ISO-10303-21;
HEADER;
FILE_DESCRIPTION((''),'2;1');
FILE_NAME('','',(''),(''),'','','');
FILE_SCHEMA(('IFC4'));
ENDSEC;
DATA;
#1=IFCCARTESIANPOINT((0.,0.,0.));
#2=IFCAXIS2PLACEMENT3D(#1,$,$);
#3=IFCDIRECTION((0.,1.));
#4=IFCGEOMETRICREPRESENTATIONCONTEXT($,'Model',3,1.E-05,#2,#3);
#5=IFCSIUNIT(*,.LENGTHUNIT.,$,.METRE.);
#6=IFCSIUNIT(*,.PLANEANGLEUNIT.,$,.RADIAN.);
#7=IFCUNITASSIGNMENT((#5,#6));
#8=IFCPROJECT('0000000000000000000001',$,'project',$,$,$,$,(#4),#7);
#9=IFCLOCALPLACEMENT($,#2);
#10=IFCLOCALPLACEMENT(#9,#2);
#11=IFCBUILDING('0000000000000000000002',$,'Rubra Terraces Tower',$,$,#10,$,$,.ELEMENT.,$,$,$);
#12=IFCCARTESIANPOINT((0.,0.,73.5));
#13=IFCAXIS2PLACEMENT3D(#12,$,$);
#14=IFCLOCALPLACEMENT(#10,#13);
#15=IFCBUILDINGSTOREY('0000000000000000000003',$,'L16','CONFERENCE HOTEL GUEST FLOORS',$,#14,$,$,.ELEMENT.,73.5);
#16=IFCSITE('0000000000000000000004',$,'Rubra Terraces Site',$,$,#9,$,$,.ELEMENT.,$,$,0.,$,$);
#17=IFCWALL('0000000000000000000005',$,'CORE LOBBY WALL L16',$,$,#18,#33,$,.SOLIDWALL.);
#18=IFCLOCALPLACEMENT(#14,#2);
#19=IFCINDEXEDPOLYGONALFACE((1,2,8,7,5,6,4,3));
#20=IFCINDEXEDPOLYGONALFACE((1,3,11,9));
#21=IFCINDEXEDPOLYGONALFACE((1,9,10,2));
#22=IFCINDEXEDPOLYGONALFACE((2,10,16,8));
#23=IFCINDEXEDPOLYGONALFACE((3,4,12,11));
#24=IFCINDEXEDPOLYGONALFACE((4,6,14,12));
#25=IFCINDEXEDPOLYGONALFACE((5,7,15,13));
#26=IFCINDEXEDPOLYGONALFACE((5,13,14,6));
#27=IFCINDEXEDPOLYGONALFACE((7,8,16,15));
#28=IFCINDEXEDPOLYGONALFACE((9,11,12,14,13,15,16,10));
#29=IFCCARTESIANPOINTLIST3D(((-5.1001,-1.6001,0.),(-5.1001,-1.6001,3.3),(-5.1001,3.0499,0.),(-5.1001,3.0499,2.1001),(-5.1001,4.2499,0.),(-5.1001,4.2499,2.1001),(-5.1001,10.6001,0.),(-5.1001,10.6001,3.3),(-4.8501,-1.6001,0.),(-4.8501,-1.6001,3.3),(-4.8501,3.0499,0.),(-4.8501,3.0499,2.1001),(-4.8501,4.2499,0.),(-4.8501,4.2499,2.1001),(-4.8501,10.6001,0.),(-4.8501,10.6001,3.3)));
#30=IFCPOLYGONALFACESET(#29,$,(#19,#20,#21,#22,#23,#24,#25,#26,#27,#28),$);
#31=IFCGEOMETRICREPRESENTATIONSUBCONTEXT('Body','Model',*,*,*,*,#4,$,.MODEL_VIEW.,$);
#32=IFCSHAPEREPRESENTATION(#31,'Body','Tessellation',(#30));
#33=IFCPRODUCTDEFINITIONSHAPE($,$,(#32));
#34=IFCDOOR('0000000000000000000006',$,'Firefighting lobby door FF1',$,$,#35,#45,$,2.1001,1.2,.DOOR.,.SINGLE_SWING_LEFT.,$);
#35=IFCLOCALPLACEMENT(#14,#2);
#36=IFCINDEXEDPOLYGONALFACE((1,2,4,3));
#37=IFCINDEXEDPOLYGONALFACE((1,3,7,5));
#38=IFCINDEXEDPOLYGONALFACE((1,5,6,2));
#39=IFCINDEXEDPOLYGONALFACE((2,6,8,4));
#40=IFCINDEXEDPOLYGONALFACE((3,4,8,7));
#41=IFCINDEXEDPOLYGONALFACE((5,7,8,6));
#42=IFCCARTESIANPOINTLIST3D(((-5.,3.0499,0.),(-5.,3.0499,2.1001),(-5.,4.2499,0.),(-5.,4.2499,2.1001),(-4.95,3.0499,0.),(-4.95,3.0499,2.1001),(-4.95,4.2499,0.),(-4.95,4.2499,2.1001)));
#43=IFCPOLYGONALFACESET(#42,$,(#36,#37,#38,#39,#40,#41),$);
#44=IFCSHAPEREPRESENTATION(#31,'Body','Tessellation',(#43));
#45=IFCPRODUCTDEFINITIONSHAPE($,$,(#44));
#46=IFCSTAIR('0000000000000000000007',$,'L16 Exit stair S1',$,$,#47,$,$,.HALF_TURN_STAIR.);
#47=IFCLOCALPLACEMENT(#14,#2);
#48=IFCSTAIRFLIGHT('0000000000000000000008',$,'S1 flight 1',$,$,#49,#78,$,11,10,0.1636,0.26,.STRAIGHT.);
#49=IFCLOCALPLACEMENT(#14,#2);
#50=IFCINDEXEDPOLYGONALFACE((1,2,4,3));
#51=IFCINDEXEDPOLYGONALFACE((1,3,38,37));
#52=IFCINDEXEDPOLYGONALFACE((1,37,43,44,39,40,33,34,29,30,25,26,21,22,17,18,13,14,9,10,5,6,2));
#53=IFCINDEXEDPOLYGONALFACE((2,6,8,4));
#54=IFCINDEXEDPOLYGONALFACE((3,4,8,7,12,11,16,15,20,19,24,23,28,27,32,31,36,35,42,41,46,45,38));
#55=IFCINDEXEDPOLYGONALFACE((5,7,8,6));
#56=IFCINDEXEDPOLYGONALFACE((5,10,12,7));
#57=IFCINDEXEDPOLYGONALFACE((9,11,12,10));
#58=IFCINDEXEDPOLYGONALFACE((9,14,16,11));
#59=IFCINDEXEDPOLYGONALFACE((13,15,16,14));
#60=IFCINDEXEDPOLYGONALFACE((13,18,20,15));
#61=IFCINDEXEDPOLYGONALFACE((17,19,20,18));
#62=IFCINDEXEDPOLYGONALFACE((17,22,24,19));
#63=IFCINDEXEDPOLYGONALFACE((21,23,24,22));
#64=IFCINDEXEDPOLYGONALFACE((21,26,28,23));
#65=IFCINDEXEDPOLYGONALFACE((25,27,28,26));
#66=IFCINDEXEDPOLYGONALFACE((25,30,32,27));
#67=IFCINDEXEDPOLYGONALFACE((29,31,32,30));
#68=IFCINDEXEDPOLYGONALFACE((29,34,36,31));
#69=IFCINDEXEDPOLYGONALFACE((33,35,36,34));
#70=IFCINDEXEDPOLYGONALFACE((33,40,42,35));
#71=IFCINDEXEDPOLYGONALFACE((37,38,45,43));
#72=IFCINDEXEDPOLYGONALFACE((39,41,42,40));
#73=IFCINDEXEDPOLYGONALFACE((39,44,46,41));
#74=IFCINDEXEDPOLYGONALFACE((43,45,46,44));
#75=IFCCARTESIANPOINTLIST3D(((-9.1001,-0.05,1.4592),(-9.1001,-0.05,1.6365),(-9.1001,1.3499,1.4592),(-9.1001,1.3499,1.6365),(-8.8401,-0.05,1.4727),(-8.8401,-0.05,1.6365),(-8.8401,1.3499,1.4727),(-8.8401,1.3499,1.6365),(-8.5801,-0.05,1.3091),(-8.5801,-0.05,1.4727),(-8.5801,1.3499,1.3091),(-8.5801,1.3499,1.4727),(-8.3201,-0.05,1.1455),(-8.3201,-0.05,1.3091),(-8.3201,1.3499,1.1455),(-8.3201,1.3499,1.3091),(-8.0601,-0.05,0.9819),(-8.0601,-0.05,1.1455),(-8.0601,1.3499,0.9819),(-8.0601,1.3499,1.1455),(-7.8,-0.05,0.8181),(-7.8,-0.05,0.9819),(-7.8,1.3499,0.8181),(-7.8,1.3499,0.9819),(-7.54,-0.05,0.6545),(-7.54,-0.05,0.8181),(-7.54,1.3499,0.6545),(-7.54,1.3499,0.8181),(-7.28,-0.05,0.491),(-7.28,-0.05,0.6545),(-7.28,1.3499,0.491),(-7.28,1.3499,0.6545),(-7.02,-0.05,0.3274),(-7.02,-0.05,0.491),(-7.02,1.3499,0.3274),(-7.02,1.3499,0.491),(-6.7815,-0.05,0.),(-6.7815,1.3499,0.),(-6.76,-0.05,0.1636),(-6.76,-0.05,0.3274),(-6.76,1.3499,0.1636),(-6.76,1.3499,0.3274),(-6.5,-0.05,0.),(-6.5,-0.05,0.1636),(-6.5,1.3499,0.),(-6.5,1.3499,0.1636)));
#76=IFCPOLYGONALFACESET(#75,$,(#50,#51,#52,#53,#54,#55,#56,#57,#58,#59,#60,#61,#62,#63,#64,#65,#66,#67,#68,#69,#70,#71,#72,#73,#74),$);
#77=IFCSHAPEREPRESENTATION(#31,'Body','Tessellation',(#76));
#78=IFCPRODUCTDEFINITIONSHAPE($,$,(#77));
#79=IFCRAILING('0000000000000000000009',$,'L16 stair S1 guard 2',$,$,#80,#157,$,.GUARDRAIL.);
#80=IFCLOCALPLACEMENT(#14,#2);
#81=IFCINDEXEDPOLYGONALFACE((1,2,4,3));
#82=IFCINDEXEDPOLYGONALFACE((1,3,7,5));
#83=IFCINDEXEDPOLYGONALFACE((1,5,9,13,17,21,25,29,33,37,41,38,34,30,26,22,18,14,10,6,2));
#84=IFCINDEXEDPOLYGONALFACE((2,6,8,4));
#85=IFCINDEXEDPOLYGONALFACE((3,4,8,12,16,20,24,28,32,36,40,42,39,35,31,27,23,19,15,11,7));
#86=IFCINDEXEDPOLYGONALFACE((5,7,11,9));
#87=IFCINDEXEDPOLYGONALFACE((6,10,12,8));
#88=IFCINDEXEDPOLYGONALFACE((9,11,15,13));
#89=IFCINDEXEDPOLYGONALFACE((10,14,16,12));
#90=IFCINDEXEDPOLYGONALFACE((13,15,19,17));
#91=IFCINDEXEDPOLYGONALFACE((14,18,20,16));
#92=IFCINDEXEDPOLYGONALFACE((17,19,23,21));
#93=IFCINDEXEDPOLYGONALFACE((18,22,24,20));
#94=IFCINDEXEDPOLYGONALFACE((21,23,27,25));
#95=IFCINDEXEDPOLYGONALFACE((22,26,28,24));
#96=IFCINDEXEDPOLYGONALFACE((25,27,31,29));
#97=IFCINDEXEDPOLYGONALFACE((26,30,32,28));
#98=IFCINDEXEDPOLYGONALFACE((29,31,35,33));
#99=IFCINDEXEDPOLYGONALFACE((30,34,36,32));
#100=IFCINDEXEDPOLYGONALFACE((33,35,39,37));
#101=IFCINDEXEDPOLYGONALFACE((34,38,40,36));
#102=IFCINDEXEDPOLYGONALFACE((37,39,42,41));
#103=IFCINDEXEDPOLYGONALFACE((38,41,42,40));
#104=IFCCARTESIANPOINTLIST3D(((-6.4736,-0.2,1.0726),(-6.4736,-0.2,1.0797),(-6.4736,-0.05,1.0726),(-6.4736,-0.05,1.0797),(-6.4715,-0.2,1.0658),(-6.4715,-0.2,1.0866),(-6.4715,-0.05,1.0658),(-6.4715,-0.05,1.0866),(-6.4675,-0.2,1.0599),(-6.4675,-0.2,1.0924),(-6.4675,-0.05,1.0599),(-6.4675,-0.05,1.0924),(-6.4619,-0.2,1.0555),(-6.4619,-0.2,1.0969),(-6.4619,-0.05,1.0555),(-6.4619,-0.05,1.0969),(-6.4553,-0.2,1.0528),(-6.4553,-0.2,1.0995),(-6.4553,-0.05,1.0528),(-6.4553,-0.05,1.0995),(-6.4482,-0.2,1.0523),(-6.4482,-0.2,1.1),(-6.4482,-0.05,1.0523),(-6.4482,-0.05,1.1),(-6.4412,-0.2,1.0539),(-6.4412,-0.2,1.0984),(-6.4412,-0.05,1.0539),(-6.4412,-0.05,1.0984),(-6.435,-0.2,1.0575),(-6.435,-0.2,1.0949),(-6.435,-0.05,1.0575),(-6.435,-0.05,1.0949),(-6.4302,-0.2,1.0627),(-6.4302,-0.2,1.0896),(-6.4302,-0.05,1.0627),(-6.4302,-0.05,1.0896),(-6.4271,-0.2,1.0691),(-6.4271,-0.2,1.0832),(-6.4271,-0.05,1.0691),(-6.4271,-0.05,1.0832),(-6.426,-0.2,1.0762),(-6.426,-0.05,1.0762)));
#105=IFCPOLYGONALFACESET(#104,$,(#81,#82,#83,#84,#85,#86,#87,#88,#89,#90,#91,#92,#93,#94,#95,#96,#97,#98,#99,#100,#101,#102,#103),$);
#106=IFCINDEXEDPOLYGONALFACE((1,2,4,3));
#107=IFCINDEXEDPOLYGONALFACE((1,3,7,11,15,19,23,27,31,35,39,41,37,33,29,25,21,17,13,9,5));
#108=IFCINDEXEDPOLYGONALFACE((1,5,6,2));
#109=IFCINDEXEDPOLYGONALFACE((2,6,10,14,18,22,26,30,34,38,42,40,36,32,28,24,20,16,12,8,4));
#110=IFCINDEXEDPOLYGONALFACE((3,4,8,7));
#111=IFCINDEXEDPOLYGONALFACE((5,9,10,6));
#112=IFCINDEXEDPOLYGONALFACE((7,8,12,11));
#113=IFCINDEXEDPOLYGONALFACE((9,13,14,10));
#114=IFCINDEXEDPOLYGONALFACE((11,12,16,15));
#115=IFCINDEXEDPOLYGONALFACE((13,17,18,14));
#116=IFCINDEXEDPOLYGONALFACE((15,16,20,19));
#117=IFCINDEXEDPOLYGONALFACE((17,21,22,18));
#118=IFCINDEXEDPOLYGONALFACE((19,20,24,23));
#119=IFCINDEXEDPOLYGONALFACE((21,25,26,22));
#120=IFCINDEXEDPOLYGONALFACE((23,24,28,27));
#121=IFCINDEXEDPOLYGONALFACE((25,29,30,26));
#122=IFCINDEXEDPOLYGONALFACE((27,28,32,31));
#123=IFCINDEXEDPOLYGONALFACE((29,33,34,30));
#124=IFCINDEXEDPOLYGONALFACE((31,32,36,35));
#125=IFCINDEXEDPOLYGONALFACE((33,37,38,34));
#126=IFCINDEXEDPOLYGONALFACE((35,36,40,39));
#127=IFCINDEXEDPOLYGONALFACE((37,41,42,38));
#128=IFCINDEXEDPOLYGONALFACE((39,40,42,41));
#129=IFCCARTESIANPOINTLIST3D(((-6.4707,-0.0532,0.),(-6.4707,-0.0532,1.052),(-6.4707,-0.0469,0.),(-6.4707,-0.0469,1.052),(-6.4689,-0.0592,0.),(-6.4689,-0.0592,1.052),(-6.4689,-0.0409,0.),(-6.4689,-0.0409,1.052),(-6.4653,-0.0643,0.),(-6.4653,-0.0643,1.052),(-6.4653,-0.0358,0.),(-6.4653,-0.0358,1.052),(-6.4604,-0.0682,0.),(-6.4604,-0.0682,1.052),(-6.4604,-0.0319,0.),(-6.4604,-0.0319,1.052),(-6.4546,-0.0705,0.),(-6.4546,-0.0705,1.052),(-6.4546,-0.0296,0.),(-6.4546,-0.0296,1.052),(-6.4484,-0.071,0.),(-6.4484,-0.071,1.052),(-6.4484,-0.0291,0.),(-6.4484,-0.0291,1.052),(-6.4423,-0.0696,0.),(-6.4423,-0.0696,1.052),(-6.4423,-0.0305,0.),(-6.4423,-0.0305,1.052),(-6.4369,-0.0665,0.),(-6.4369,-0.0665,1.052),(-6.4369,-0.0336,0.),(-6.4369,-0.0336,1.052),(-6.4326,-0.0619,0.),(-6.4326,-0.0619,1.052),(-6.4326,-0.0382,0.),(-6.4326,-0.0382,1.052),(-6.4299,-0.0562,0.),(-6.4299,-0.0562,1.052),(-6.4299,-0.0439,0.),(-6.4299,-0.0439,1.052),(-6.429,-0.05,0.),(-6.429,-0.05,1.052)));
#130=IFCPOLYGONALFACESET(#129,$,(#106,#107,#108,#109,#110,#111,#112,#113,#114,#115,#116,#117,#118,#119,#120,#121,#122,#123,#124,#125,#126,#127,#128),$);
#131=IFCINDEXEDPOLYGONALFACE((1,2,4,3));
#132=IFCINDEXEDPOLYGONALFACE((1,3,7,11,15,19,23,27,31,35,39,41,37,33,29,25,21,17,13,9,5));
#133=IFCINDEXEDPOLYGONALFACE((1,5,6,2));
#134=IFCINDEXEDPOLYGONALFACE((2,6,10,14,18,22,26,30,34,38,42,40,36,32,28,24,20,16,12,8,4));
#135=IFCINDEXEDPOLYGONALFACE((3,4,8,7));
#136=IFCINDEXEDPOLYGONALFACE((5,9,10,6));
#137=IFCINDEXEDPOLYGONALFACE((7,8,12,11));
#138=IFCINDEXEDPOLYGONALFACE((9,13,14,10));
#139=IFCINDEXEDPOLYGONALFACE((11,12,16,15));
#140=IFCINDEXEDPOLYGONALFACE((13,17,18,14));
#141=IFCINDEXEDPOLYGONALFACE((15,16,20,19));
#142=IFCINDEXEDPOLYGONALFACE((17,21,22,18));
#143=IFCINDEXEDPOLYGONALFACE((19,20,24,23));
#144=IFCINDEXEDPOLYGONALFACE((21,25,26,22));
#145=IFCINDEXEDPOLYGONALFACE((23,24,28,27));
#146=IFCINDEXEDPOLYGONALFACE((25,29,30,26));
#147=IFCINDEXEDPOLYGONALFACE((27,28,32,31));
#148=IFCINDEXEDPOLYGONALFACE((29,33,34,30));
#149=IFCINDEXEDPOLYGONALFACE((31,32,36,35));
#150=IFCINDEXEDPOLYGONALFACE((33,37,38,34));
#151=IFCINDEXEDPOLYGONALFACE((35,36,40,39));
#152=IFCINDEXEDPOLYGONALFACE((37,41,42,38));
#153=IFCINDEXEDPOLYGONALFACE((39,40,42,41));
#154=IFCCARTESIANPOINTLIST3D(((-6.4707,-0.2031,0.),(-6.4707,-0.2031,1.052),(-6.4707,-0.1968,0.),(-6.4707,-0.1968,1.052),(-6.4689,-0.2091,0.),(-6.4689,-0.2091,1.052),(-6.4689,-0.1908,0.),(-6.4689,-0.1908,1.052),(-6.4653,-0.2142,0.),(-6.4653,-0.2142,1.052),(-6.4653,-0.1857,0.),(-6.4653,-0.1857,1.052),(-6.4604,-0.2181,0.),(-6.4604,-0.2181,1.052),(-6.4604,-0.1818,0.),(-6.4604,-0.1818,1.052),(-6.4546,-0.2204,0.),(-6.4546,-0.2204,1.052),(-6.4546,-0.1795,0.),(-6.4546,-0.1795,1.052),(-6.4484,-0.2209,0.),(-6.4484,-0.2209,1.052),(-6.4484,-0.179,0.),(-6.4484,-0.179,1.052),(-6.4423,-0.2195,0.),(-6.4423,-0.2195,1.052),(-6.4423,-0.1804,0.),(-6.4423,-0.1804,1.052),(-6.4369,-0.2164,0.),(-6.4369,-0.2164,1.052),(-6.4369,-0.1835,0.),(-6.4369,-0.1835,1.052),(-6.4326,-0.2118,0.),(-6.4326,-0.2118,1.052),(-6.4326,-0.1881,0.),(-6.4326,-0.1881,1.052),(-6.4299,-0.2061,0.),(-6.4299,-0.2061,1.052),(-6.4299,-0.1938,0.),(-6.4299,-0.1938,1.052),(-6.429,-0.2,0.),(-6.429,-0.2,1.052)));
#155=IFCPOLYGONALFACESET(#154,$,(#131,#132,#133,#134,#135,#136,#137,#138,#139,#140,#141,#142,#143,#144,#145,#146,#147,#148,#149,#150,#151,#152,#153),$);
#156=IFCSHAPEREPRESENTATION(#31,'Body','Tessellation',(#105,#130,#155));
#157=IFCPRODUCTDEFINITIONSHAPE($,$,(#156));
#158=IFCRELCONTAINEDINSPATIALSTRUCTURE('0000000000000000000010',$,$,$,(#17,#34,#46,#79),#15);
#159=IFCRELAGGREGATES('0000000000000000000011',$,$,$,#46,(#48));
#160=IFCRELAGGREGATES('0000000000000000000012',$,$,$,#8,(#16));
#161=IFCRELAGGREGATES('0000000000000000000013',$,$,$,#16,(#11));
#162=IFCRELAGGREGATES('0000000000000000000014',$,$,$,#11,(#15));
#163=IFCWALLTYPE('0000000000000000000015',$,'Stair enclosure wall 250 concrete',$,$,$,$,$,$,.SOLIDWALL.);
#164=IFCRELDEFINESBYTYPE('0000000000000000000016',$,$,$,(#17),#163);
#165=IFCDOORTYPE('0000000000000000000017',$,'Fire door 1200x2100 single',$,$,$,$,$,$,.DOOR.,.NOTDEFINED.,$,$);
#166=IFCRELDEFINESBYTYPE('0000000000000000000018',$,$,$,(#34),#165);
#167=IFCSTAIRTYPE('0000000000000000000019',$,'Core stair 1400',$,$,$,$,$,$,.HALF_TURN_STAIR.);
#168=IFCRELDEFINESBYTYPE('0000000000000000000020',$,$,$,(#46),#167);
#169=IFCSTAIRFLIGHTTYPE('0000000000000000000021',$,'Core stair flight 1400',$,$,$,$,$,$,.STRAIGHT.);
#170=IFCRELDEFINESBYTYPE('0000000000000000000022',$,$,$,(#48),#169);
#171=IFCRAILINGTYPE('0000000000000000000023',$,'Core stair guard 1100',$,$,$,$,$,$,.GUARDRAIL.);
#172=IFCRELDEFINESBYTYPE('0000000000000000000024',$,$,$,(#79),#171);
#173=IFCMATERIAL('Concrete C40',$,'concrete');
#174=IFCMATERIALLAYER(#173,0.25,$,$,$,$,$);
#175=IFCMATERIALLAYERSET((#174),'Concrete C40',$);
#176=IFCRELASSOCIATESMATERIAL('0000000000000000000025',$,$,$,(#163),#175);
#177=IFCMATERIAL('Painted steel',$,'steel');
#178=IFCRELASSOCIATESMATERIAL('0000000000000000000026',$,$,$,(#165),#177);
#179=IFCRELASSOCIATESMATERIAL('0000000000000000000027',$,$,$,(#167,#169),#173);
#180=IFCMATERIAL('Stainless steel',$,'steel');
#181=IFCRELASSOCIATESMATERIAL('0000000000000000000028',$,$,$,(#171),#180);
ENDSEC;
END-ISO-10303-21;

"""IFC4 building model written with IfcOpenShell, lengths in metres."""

from ifc_helpers import new_model, si_unit, direction, frame, frame_2d, origin, origin_2d, place, context, subcontext, project, spatial, polyline, rectangle, circle, outline, extrude, material, layer, layer_set, type_object, element, fill, aggregate, save


model = new_model("IFC4")

# Units and contexts
model_context = context("Model", 3, precision=1e-05, world=origin(), true_north=direction((0.0, 1.0)))
body_context = subcontext(model_context, "Body", "Model", "MODEL_VIEW")
ifc_project = project(units=[si_unit("LENGTHUNIT", "METRE"), si_unit("PLANEANGLEUNIT", "RADIAN")], contexts=[model_context])

# Site, building, storey
site_placement = place(None, origin())
site = spatial("IfcSite", under=ifc_project, at=site_placement, Name="Rubra Terraces Site", CompositionType="ELEMENT", RefElevation=0.0)
building_placement = place(site_placement, origin())
building = spatial("IfcBuilding", under=site, at=building_placement, Name="Rubra Terraces Tower", CompositionType="ELEMENT")
storey_placement = place(building_placement, frame((0.0, 0.0, 73.5)))
storey = spatial("IfcBuildingStorey", under=building, at=storey_placement, Name="L16", Description="CONFERENCE HOTEL GUEST FLOORS", CompositionType="ELEMENT", Elevation=73.5)

# Wall, opening, door
ifc_material_1 = material(Name="Concrete C40", Category="concrete")
ifc_layer_1 = layer(ifc_material_1, 0.25)
ifc_layer_set_1 = layer_set([ifc_layer_1], Name="Concrete C40")
wall_type_1 = type_object("IfcWallType", Name="Stair enclosure wall 250 concrete", PredefinedType="SOLIDWALL", material=ifc_layer_set_1)
wall_1_placement = place(storey_placement, frame((-4.9751, -1.6001, 0.0), z_axis=(0.0, 0.0, 1.0), x_axis=(0.0, 1.0, 0.0)))
wall_1 = element("IfcWall", 1, at=wall_1_placement, inside=storey, type_object=wall_type_1, Name="CORE LOBBY WALL L16", PredefinedType="SOLIDWALL", context=body_context, shape_type="SweptSolid", body=[
    extrude(rectangle(XDim=12.2002, YDim=0.25, at=frame_2d((6.1001, 0.0))), origin(), (0.0, 0.0, 1.0), 3.3),
])
opening_1_placement = place(wall_1_placement, frame((4.6499, 0.0, 0.0)))
opening_1 = element("IfcOpeningElement", 2, at=opening_1_placement, cuts=wall_1, PredefinedType="OPENING", context=body_context, shape_type="SweptSolid", body=[
    extrude(rectangle(XDim=1.2, YDim=2.1001, at=frame_2d((0.6001, 1.05))), frame((0.0, 0.135, 0.0), z_axis=(0.0, -1.0, 0.0), x_axis=(1.0, 0.0, 0.0)), (0.0, 0.0, 1.0), 0.27),
])
ifc_material_2 = material(Name="Painted steel", Category="steel")
door_type_1 = type_object("IfcDoorType", Name="Fire door 1200x2100 single", OperationType="NOTDEFINED", PredefinedType="DOOR", material=ifc_material_2)
door_1_placement = place(opening_1_placement, origin())
door_1 = element("IfcDoor", 3, at=door_1_placement, inside=storey, type_object=door_type_1, Name="Firefighting lobby door FF1", OperationType="SINGLE_SWING_LEFT", OverallHeight=2.1001, OverallWidth=1.2, PredefinedType="DOOR", context=body_context, shape_type="SweptSolid", body=[
    extrude(rectangle(XDim=1.2, YDim=2.1001, at=frame_2d((0.6001, 1.05))), frame((0.0, 0.0249, 0.0), z_axis=(0.0, -1.0, 0.0), x_axis=(1.0, 0.0, 0.0)), (0.0, 0.0, 1.0), 0.05),
])
fill(opening_1, door_1)

# Stair, stair flight
stair_type = type_object("IfcStairType", Name="Core stair 1400", PredefinedType="HALF_TURN_STAIR", material=ifc_material_1)
stair_placement = place(storey_placement, origin())
stair = element("IfcStair", 4, at=stair_placement, inside=storey, type_object=stair_type, Name="L16 Exit stair S1", PredefinedType="HALF_TURN_STAIR")
stair_flight_type = type_object("IfcStairFlightType", Name="Core stair flight 1400", PredefinedType="STRAIGHT", material=ifc_material_1)
stair_flight_placement = place(storey_placement, frame((-6.5, 0.6499, 0.0), z_axis=(0.0, 0.0, 1.0), x_axis=(-1.0, 0.0, 0.0)))
stair_flight = element("IfcStairFlight", 5, at=stair_flight_placement, type_object=stair_flight_type, Name="S1 flight 1", NumberOfRisers=11, NumberOfTreads=10, PredefinedType="STRAIGHT", RiserHeight=0.1636, TreadLength=0.26, context=body_context, shape_type="SweptSolid", body=[
    extrude(outline(polyline([(0.0, 0.0), (0.0, 0.1636), (0.26, 0.1636), (0.26, 0.3274), (0.52, 0.3274), (0.52, 0.491), (0.78, 0.491), (0.78, 0.6545), (1.04, 0.6545), (1.04, 0.8181), (1.3, 0.8181), (1.3, 0.9819), (1.5601, 0.9819), (1.5601, 1.1455), (1.8201, 1.1455), (1.8201, 1.3091), (2.0801, 1.3091), (2.0801, 1.4727), (2.3401, 1.4727), (2.3401, 1.6365), (2.6001, 1.6365), (2.6001, 1.8), (2.6001, 1.4592), (0.2815, 0.0), (0.0, 0.0)])), frame((0.0, 0.7, 0.0), z_axis=(0.0, -1.0, 0.0), x_axis=(1.0, 0.0, 0.0)), (0.0, 0.0, 1.0), 1.3999),
])
aggregate(stair, [stair_flight])

# Railing
ifc_material_3 = material(Name="Stainless steel", Category="steel")
railing_type = type_object("IfcRailingType", Name="Core stair guard 1100", PredefinedType="GUARDRAIL", material=ifc_material_3)
railing_1_placement = place(storey_placement, frame((-6.45, -0.05, 0.0)))
element("IfcRailing", 6, at=railing_1_placement, inside=storey, type_object=railing_type, Name="L16 stair S1 guard 2", PredefinedType="GUARDRAIL", context=body_context, shape_type="SweptSolid", body=[
    extrude(circle(Radius=0.0239, at=origin_2d()), frame((0.0, 0.0, 1.0762), z_axis=(0.0, -1.0, 0.0), x_axis=(1.0, 0.0, 0.0)), (0.0, 0.0, 1.0), 0.1499),
    extrude(circle(Radius=0.021, at=origin_2d()), origin(), (0.0, 0.0, 1.0), 1.052),
    extrude(circle(Radius=0.021, at=origin_2d()), frame((0.0, -0.1499, 0.0)), (0.0, 0.0, 1.0), 1.052),
])

save(model, "model.ifc")
